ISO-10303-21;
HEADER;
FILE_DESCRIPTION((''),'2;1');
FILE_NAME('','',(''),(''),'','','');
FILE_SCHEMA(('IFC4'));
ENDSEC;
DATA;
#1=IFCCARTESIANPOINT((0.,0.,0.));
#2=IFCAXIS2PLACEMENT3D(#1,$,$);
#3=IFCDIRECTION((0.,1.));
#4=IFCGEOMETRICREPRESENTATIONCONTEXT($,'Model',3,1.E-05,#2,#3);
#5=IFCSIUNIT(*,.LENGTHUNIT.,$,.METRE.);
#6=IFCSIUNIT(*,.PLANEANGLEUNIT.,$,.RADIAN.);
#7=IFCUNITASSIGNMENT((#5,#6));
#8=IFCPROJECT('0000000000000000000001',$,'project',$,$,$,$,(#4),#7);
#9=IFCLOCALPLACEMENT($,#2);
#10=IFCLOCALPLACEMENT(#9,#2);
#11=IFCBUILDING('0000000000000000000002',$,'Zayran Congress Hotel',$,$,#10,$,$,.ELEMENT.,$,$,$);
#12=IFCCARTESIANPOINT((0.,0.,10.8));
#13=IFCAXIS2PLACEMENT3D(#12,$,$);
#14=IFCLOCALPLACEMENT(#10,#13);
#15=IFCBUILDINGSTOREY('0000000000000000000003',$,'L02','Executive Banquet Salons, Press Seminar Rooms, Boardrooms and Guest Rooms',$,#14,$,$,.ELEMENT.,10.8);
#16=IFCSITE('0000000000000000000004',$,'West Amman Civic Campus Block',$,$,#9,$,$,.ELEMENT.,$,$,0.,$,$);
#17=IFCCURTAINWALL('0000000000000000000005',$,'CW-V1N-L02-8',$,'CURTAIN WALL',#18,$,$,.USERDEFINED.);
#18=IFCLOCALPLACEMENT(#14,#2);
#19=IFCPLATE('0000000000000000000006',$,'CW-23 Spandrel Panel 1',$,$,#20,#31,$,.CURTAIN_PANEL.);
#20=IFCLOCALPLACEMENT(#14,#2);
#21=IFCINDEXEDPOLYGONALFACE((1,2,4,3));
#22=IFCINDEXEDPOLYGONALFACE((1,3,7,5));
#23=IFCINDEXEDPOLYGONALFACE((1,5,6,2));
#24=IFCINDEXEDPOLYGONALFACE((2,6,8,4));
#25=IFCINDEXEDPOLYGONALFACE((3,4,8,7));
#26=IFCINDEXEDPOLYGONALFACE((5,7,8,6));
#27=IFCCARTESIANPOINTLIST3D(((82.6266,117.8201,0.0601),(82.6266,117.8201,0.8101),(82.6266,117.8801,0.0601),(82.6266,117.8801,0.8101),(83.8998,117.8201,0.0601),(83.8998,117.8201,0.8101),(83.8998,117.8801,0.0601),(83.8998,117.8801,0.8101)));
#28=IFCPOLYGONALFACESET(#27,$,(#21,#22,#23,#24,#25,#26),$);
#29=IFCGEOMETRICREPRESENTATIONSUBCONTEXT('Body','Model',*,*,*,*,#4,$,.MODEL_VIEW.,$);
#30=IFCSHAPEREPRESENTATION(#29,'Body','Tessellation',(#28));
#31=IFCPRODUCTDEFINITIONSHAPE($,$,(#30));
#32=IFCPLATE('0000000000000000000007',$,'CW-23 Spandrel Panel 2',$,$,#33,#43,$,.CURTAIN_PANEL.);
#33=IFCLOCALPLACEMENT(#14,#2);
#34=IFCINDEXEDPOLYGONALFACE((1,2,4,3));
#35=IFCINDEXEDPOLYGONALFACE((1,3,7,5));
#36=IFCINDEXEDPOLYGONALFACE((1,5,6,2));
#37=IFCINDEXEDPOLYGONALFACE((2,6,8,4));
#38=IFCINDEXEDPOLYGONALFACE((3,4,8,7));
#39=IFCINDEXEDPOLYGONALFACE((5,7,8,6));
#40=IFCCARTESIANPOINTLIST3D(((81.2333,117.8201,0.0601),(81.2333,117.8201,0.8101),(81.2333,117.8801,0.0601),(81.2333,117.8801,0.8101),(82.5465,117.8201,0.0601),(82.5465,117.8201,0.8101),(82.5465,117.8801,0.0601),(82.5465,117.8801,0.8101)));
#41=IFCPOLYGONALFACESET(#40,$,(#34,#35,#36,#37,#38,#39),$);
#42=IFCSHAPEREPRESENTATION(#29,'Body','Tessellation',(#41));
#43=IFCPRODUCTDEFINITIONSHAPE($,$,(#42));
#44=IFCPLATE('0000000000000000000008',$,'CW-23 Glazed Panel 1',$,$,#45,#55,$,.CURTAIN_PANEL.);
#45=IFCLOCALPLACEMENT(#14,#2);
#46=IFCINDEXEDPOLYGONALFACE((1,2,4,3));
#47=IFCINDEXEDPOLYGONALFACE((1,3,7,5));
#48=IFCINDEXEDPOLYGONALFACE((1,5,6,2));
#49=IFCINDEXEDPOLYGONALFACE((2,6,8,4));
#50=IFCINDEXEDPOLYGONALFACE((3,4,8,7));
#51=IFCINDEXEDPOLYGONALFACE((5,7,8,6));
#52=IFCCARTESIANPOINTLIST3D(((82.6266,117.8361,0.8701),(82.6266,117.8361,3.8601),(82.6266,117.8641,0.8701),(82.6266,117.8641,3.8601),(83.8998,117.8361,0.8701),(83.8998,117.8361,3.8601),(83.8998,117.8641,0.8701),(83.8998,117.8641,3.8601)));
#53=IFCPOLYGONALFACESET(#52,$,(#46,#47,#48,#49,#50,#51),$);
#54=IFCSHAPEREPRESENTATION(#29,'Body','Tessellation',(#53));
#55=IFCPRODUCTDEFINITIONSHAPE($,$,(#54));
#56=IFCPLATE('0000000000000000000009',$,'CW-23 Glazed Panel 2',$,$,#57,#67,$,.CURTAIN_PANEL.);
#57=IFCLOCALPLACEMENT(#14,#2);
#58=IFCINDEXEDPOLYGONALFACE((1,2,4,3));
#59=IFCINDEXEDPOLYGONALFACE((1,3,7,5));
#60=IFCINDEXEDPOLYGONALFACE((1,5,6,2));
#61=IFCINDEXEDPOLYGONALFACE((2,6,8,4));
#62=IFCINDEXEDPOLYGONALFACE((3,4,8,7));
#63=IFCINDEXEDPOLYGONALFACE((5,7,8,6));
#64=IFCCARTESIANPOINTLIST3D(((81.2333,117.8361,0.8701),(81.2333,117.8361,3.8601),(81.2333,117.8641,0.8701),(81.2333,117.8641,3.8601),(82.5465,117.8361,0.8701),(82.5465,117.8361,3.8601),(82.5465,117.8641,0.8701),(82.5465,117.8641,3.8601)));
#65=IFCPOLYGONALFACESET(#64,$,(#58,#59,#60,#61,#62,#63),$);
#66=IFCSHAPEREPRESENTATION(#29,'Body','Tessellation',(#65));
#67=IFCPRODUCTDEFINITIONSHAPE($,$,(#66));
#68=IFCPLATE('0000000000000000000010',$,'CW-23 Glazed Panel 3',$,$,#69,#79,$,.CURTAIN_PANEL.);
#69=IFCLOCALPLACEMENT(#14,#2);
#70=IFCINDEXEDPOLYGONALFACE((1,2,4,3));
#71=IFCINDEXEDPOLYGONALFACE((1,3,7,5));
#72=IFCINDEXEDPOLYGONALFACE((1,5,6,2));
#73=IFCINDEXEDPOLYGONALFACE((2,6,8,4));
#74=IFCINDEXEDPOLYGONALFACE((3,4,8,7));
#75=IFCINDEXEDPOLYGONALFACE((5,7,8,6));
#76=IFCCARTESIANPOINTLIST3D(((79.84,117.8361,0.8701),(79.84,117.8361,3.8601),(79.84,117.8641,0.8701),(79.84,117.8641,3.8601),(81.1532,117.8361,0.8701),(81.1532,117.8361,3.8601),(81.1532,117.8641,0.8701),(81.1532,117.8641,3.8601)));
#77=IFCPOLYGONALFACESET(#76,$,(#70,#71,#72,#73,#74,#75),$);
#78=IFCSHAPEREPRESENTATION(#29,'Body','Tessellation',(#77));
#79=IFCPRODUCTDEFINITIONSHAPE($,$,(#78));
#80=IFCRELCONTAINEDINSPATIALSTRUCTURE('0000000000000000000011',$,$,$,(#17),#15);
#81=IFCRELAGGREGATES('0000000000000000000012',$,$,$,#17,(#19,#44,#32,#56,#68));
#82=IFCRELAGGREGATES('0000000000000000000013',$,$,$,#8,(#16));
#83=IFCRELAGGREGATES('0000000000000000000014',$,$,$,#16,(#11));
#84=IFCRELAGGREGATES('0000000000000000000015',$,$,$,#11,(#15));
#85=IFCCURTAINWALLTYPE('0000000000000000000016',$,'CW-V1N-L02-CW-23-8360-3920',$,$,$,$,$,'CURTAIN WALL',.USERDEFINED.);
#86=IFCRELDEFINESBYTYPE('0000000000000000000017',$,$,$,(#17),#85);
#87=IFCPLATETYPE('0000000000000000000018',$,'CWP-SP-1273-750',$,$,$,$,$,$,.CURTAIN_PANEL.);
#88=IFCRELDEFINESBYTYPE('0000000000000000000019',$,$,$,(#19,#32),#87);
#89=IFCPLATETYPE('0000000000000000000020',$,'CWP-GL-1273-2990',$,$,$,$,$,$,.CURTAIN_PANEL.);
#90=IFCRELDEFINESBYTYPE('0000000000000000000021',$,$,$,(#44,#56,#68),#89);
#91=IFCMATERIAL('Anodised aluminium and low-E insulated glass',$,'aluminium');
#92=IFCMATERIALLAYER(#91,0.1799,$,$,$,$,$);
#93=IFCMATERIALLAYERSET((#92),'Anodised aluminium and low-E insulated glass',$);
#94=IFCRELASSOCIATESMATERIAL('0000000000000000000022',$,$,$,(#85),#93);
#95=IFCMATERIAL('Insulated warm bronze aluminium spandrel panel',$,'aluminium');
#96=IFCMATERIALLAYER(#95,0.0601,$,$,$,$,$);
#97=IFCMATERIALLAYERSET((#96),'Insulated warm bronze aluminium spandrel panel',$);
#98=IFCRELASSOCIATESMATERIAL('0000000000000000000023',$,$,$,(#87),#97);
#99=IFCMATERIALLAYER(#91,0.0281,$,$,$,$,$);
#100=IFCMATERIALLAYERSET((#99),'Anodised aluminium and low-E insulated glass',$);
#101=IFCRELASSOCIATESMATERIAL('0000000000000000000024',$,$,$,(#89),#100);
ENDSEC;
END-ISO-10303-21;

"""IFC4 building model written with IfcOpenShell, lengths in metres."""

from ifc_helpers import new_model, si_unit, direction, frame, origin, origin_2d, place, context, subcontext, project, spatial, rectangle, extrude, material, layer, layer_set, type_object, element, aggregate, save


model = new_model("IFC4")

# Units and contexts
model_context = context("Model", 3, precision=1e-05, world=origin(), true_north=direction((0.0, 1.0)))
body_context = subcontext(model_context, "Body", "Model", "MODEL_VIEW")
ifc_project = project(units=[si_unit("LENGTHUNIT", "METRE"), si_unit("PLANEANGLEUNIT", "RADIAN")], contexts=[model_context])

# Site, building, storey
site_placement = place(None, origin())
site = spatial("IfcSite", under=ifc_project, at=site_placement, Name="West Amman Civic Campus Block", CompositionType="ELEMENT", RefElevation=0.0)
building_placement = place(site_placement, origin())
building = spatial("IfcBuilding", under=site, at=building_placement, Name="Zayran Congress Hotel", CompositionType="ELEMENT")
storey_placement = place(building_placement, frame((0.0, 0.0, 10.8)))
storey = spatial("IfcBuildingStorey", under=building, at=storey_placement, Name="L02", Description="Executive Banquet Salons, Press Seminar Rooms, Boardrooms and Guest Rooms", CompositionType="ELEMENT", Elevation=10.8)

# Curtain wall, plates
ifc_material_1 = material(Name="Anodised aluminium and low-E insulated glass", Category="aluminium")
ifc_layer_1 = layer(ifc_material_1, 0.1799)
ifc_layer_set_1 = layer_set([ifc_layer_1], Name="Anodised aluminium and low-E insulated glass")
curtain_wall_type = type_object("IfcCurtainWallType", Name="CW-V1N-L02-CW-23-8360-3920", ElementType="CURTAIN WALL", PredefinedType="USERDEFINED", material=ifc_layer_set_1)
curtain_wall_placement = place(storey_placement, origin())
curtain_wall = element("IfcCurtainWall", 1, at=curtain_wall_placement, inside=storey, type_object=curtain_wall_type, Name="CW-V1N-L02-8", ObjectType="CURTAIN WALL", PredefinedType="USERDEFINED")
ifc_material_2 = material(Name="Insulated warm bronze aluminium spandrel panel", Category="aluminium")
ifc_layer_2 = layer(ifc_material_2, 0.0601)
ifc_layer_set_2 = layer_set([ifc_layer_2], Name="Insulated warm bronze aluminium spandrel panel")
plate_type_1 = type_object("IfcPlateType", Name="CWP-SP-1273-750", PredefinedType="CURTAIN_PANEL", material=ifc_layer_set_2)
plate_1_placement = place(storey_placement, frame((83.2632, 117.8501, 0.0601), z_axis=(0.0, 0.0, 1.0), x_axis=(1.0, 0.0, 0.0)))
plate_1 = element("IfcPlate", 2, at=plate_1_placement, type_object=plate_type_1, Name="CW-23 Spandrel Panel 1", PredefinedType="CURTAIN_PANEL", context=body_context, shape_type="SweptSolid", body=[
    extrude(rectangle(XDim=1.2732, YDim=0.0601, at=origin_2d()), origin(), (0.0, 0.0, 1.0), 0.75),
])
plate_2_placement = place(storey_placement, frame((81.8899, 117.8501, 0.0601), z_axis=(0.0, 0.0, 1.0), x_axis=(1.0, 0.0, 0.0)))
plate_2 = element("IfcPlate", 3, at=plate_2_placement, type_object=plate_type_1, Name="CW-23 Spandrel Panel 2", PredefinedType="CURTAIN_PANEL", context=body_context, shape_type="SweptSolid", body=[
    extrude(rectangle(XDim=1.3132, YDim=0.0601, at=origin_2d()), origin(), (0.0, 0.0, 1.0), 0.75),
])
ifc_layer_3 = layer(ifc_material_1, 0.0281)
ifc_layer_set_3 = layer_set([ifc_layer_3], Name="Anodised aluminium and low-E insulated glass")
plate_type_2 = type_object("IfcPlateType", Name="CWP-GL-1273-2990", PredefinedType="CURTAIN_PANEL", material=ifc_layer_set_3)
plate_3_placement = place(storey_placement, frame((83.2632, 117.8501, 0.8701), z_axis=(0.0, 0.0, 1.0), x_axis=(1.0, 0.0, 0.0)))
plate_3 = element("IfcPlate", 4, at=plate_3_placement, type_object=plate_type_2, Name="CW-23 Glazed Panel 1", PredefinedType="CURTAIN_PANEL", context=body_context, shape_type="SweptSolid", body=[
    extrude(rectangle(XDim=1.2732, YDim=0.0281, at=origin_2d()), origin(), (0.0, 0.0, 1.0), 2.99),
])
plate_4_placement = place(storey_placement, frame((81.8899, 117.8501, 0.8701), z_axis=(0.0, 0.0, 1.0), x_axis=(1.0, 0.0, 0.0)))
plate_4 = element("IfcPlate", 5, at=plate_4_placement, type_object=plate_type_2, Name="CW-23 Glazed Panel 2", PredefinedType="CURTAIN_PANEL", context=body_context, shape_type="SweptSolid", body=[
    extrude(rectangle(XDim=1.3132, YDim=0.0281, at=origin_2d()), origin(), (0.0, 0.0, 1.0), 2.99),
])
plate_5_placement = place(storey_placement, frame((80.4966, 117.8501, 0.8701), z_axis=(0.0, 0.0, 1.0), x_axis=(1.0, 0.0, 0.0)))
plate_5 = element("IfcPlate", 6, at=plate_5_placement, type_object=plate_type_2, Name="CW-23 Glazed Panel 3", PredefinedType="CURTAIN_PANEL", context=body_context, shape_type="SweptSolid", body=[
    extrude(rectangle(XDim=1.3132, YDim=0.0281, at=origin_2d()), origin(), (0.0, 0.0, 1.0), 2.99),
])
aggregate(curtain_wall, [plate_1, plate_3, plate_2, plate_4, plate_5])

save(model, "model.ifc")
